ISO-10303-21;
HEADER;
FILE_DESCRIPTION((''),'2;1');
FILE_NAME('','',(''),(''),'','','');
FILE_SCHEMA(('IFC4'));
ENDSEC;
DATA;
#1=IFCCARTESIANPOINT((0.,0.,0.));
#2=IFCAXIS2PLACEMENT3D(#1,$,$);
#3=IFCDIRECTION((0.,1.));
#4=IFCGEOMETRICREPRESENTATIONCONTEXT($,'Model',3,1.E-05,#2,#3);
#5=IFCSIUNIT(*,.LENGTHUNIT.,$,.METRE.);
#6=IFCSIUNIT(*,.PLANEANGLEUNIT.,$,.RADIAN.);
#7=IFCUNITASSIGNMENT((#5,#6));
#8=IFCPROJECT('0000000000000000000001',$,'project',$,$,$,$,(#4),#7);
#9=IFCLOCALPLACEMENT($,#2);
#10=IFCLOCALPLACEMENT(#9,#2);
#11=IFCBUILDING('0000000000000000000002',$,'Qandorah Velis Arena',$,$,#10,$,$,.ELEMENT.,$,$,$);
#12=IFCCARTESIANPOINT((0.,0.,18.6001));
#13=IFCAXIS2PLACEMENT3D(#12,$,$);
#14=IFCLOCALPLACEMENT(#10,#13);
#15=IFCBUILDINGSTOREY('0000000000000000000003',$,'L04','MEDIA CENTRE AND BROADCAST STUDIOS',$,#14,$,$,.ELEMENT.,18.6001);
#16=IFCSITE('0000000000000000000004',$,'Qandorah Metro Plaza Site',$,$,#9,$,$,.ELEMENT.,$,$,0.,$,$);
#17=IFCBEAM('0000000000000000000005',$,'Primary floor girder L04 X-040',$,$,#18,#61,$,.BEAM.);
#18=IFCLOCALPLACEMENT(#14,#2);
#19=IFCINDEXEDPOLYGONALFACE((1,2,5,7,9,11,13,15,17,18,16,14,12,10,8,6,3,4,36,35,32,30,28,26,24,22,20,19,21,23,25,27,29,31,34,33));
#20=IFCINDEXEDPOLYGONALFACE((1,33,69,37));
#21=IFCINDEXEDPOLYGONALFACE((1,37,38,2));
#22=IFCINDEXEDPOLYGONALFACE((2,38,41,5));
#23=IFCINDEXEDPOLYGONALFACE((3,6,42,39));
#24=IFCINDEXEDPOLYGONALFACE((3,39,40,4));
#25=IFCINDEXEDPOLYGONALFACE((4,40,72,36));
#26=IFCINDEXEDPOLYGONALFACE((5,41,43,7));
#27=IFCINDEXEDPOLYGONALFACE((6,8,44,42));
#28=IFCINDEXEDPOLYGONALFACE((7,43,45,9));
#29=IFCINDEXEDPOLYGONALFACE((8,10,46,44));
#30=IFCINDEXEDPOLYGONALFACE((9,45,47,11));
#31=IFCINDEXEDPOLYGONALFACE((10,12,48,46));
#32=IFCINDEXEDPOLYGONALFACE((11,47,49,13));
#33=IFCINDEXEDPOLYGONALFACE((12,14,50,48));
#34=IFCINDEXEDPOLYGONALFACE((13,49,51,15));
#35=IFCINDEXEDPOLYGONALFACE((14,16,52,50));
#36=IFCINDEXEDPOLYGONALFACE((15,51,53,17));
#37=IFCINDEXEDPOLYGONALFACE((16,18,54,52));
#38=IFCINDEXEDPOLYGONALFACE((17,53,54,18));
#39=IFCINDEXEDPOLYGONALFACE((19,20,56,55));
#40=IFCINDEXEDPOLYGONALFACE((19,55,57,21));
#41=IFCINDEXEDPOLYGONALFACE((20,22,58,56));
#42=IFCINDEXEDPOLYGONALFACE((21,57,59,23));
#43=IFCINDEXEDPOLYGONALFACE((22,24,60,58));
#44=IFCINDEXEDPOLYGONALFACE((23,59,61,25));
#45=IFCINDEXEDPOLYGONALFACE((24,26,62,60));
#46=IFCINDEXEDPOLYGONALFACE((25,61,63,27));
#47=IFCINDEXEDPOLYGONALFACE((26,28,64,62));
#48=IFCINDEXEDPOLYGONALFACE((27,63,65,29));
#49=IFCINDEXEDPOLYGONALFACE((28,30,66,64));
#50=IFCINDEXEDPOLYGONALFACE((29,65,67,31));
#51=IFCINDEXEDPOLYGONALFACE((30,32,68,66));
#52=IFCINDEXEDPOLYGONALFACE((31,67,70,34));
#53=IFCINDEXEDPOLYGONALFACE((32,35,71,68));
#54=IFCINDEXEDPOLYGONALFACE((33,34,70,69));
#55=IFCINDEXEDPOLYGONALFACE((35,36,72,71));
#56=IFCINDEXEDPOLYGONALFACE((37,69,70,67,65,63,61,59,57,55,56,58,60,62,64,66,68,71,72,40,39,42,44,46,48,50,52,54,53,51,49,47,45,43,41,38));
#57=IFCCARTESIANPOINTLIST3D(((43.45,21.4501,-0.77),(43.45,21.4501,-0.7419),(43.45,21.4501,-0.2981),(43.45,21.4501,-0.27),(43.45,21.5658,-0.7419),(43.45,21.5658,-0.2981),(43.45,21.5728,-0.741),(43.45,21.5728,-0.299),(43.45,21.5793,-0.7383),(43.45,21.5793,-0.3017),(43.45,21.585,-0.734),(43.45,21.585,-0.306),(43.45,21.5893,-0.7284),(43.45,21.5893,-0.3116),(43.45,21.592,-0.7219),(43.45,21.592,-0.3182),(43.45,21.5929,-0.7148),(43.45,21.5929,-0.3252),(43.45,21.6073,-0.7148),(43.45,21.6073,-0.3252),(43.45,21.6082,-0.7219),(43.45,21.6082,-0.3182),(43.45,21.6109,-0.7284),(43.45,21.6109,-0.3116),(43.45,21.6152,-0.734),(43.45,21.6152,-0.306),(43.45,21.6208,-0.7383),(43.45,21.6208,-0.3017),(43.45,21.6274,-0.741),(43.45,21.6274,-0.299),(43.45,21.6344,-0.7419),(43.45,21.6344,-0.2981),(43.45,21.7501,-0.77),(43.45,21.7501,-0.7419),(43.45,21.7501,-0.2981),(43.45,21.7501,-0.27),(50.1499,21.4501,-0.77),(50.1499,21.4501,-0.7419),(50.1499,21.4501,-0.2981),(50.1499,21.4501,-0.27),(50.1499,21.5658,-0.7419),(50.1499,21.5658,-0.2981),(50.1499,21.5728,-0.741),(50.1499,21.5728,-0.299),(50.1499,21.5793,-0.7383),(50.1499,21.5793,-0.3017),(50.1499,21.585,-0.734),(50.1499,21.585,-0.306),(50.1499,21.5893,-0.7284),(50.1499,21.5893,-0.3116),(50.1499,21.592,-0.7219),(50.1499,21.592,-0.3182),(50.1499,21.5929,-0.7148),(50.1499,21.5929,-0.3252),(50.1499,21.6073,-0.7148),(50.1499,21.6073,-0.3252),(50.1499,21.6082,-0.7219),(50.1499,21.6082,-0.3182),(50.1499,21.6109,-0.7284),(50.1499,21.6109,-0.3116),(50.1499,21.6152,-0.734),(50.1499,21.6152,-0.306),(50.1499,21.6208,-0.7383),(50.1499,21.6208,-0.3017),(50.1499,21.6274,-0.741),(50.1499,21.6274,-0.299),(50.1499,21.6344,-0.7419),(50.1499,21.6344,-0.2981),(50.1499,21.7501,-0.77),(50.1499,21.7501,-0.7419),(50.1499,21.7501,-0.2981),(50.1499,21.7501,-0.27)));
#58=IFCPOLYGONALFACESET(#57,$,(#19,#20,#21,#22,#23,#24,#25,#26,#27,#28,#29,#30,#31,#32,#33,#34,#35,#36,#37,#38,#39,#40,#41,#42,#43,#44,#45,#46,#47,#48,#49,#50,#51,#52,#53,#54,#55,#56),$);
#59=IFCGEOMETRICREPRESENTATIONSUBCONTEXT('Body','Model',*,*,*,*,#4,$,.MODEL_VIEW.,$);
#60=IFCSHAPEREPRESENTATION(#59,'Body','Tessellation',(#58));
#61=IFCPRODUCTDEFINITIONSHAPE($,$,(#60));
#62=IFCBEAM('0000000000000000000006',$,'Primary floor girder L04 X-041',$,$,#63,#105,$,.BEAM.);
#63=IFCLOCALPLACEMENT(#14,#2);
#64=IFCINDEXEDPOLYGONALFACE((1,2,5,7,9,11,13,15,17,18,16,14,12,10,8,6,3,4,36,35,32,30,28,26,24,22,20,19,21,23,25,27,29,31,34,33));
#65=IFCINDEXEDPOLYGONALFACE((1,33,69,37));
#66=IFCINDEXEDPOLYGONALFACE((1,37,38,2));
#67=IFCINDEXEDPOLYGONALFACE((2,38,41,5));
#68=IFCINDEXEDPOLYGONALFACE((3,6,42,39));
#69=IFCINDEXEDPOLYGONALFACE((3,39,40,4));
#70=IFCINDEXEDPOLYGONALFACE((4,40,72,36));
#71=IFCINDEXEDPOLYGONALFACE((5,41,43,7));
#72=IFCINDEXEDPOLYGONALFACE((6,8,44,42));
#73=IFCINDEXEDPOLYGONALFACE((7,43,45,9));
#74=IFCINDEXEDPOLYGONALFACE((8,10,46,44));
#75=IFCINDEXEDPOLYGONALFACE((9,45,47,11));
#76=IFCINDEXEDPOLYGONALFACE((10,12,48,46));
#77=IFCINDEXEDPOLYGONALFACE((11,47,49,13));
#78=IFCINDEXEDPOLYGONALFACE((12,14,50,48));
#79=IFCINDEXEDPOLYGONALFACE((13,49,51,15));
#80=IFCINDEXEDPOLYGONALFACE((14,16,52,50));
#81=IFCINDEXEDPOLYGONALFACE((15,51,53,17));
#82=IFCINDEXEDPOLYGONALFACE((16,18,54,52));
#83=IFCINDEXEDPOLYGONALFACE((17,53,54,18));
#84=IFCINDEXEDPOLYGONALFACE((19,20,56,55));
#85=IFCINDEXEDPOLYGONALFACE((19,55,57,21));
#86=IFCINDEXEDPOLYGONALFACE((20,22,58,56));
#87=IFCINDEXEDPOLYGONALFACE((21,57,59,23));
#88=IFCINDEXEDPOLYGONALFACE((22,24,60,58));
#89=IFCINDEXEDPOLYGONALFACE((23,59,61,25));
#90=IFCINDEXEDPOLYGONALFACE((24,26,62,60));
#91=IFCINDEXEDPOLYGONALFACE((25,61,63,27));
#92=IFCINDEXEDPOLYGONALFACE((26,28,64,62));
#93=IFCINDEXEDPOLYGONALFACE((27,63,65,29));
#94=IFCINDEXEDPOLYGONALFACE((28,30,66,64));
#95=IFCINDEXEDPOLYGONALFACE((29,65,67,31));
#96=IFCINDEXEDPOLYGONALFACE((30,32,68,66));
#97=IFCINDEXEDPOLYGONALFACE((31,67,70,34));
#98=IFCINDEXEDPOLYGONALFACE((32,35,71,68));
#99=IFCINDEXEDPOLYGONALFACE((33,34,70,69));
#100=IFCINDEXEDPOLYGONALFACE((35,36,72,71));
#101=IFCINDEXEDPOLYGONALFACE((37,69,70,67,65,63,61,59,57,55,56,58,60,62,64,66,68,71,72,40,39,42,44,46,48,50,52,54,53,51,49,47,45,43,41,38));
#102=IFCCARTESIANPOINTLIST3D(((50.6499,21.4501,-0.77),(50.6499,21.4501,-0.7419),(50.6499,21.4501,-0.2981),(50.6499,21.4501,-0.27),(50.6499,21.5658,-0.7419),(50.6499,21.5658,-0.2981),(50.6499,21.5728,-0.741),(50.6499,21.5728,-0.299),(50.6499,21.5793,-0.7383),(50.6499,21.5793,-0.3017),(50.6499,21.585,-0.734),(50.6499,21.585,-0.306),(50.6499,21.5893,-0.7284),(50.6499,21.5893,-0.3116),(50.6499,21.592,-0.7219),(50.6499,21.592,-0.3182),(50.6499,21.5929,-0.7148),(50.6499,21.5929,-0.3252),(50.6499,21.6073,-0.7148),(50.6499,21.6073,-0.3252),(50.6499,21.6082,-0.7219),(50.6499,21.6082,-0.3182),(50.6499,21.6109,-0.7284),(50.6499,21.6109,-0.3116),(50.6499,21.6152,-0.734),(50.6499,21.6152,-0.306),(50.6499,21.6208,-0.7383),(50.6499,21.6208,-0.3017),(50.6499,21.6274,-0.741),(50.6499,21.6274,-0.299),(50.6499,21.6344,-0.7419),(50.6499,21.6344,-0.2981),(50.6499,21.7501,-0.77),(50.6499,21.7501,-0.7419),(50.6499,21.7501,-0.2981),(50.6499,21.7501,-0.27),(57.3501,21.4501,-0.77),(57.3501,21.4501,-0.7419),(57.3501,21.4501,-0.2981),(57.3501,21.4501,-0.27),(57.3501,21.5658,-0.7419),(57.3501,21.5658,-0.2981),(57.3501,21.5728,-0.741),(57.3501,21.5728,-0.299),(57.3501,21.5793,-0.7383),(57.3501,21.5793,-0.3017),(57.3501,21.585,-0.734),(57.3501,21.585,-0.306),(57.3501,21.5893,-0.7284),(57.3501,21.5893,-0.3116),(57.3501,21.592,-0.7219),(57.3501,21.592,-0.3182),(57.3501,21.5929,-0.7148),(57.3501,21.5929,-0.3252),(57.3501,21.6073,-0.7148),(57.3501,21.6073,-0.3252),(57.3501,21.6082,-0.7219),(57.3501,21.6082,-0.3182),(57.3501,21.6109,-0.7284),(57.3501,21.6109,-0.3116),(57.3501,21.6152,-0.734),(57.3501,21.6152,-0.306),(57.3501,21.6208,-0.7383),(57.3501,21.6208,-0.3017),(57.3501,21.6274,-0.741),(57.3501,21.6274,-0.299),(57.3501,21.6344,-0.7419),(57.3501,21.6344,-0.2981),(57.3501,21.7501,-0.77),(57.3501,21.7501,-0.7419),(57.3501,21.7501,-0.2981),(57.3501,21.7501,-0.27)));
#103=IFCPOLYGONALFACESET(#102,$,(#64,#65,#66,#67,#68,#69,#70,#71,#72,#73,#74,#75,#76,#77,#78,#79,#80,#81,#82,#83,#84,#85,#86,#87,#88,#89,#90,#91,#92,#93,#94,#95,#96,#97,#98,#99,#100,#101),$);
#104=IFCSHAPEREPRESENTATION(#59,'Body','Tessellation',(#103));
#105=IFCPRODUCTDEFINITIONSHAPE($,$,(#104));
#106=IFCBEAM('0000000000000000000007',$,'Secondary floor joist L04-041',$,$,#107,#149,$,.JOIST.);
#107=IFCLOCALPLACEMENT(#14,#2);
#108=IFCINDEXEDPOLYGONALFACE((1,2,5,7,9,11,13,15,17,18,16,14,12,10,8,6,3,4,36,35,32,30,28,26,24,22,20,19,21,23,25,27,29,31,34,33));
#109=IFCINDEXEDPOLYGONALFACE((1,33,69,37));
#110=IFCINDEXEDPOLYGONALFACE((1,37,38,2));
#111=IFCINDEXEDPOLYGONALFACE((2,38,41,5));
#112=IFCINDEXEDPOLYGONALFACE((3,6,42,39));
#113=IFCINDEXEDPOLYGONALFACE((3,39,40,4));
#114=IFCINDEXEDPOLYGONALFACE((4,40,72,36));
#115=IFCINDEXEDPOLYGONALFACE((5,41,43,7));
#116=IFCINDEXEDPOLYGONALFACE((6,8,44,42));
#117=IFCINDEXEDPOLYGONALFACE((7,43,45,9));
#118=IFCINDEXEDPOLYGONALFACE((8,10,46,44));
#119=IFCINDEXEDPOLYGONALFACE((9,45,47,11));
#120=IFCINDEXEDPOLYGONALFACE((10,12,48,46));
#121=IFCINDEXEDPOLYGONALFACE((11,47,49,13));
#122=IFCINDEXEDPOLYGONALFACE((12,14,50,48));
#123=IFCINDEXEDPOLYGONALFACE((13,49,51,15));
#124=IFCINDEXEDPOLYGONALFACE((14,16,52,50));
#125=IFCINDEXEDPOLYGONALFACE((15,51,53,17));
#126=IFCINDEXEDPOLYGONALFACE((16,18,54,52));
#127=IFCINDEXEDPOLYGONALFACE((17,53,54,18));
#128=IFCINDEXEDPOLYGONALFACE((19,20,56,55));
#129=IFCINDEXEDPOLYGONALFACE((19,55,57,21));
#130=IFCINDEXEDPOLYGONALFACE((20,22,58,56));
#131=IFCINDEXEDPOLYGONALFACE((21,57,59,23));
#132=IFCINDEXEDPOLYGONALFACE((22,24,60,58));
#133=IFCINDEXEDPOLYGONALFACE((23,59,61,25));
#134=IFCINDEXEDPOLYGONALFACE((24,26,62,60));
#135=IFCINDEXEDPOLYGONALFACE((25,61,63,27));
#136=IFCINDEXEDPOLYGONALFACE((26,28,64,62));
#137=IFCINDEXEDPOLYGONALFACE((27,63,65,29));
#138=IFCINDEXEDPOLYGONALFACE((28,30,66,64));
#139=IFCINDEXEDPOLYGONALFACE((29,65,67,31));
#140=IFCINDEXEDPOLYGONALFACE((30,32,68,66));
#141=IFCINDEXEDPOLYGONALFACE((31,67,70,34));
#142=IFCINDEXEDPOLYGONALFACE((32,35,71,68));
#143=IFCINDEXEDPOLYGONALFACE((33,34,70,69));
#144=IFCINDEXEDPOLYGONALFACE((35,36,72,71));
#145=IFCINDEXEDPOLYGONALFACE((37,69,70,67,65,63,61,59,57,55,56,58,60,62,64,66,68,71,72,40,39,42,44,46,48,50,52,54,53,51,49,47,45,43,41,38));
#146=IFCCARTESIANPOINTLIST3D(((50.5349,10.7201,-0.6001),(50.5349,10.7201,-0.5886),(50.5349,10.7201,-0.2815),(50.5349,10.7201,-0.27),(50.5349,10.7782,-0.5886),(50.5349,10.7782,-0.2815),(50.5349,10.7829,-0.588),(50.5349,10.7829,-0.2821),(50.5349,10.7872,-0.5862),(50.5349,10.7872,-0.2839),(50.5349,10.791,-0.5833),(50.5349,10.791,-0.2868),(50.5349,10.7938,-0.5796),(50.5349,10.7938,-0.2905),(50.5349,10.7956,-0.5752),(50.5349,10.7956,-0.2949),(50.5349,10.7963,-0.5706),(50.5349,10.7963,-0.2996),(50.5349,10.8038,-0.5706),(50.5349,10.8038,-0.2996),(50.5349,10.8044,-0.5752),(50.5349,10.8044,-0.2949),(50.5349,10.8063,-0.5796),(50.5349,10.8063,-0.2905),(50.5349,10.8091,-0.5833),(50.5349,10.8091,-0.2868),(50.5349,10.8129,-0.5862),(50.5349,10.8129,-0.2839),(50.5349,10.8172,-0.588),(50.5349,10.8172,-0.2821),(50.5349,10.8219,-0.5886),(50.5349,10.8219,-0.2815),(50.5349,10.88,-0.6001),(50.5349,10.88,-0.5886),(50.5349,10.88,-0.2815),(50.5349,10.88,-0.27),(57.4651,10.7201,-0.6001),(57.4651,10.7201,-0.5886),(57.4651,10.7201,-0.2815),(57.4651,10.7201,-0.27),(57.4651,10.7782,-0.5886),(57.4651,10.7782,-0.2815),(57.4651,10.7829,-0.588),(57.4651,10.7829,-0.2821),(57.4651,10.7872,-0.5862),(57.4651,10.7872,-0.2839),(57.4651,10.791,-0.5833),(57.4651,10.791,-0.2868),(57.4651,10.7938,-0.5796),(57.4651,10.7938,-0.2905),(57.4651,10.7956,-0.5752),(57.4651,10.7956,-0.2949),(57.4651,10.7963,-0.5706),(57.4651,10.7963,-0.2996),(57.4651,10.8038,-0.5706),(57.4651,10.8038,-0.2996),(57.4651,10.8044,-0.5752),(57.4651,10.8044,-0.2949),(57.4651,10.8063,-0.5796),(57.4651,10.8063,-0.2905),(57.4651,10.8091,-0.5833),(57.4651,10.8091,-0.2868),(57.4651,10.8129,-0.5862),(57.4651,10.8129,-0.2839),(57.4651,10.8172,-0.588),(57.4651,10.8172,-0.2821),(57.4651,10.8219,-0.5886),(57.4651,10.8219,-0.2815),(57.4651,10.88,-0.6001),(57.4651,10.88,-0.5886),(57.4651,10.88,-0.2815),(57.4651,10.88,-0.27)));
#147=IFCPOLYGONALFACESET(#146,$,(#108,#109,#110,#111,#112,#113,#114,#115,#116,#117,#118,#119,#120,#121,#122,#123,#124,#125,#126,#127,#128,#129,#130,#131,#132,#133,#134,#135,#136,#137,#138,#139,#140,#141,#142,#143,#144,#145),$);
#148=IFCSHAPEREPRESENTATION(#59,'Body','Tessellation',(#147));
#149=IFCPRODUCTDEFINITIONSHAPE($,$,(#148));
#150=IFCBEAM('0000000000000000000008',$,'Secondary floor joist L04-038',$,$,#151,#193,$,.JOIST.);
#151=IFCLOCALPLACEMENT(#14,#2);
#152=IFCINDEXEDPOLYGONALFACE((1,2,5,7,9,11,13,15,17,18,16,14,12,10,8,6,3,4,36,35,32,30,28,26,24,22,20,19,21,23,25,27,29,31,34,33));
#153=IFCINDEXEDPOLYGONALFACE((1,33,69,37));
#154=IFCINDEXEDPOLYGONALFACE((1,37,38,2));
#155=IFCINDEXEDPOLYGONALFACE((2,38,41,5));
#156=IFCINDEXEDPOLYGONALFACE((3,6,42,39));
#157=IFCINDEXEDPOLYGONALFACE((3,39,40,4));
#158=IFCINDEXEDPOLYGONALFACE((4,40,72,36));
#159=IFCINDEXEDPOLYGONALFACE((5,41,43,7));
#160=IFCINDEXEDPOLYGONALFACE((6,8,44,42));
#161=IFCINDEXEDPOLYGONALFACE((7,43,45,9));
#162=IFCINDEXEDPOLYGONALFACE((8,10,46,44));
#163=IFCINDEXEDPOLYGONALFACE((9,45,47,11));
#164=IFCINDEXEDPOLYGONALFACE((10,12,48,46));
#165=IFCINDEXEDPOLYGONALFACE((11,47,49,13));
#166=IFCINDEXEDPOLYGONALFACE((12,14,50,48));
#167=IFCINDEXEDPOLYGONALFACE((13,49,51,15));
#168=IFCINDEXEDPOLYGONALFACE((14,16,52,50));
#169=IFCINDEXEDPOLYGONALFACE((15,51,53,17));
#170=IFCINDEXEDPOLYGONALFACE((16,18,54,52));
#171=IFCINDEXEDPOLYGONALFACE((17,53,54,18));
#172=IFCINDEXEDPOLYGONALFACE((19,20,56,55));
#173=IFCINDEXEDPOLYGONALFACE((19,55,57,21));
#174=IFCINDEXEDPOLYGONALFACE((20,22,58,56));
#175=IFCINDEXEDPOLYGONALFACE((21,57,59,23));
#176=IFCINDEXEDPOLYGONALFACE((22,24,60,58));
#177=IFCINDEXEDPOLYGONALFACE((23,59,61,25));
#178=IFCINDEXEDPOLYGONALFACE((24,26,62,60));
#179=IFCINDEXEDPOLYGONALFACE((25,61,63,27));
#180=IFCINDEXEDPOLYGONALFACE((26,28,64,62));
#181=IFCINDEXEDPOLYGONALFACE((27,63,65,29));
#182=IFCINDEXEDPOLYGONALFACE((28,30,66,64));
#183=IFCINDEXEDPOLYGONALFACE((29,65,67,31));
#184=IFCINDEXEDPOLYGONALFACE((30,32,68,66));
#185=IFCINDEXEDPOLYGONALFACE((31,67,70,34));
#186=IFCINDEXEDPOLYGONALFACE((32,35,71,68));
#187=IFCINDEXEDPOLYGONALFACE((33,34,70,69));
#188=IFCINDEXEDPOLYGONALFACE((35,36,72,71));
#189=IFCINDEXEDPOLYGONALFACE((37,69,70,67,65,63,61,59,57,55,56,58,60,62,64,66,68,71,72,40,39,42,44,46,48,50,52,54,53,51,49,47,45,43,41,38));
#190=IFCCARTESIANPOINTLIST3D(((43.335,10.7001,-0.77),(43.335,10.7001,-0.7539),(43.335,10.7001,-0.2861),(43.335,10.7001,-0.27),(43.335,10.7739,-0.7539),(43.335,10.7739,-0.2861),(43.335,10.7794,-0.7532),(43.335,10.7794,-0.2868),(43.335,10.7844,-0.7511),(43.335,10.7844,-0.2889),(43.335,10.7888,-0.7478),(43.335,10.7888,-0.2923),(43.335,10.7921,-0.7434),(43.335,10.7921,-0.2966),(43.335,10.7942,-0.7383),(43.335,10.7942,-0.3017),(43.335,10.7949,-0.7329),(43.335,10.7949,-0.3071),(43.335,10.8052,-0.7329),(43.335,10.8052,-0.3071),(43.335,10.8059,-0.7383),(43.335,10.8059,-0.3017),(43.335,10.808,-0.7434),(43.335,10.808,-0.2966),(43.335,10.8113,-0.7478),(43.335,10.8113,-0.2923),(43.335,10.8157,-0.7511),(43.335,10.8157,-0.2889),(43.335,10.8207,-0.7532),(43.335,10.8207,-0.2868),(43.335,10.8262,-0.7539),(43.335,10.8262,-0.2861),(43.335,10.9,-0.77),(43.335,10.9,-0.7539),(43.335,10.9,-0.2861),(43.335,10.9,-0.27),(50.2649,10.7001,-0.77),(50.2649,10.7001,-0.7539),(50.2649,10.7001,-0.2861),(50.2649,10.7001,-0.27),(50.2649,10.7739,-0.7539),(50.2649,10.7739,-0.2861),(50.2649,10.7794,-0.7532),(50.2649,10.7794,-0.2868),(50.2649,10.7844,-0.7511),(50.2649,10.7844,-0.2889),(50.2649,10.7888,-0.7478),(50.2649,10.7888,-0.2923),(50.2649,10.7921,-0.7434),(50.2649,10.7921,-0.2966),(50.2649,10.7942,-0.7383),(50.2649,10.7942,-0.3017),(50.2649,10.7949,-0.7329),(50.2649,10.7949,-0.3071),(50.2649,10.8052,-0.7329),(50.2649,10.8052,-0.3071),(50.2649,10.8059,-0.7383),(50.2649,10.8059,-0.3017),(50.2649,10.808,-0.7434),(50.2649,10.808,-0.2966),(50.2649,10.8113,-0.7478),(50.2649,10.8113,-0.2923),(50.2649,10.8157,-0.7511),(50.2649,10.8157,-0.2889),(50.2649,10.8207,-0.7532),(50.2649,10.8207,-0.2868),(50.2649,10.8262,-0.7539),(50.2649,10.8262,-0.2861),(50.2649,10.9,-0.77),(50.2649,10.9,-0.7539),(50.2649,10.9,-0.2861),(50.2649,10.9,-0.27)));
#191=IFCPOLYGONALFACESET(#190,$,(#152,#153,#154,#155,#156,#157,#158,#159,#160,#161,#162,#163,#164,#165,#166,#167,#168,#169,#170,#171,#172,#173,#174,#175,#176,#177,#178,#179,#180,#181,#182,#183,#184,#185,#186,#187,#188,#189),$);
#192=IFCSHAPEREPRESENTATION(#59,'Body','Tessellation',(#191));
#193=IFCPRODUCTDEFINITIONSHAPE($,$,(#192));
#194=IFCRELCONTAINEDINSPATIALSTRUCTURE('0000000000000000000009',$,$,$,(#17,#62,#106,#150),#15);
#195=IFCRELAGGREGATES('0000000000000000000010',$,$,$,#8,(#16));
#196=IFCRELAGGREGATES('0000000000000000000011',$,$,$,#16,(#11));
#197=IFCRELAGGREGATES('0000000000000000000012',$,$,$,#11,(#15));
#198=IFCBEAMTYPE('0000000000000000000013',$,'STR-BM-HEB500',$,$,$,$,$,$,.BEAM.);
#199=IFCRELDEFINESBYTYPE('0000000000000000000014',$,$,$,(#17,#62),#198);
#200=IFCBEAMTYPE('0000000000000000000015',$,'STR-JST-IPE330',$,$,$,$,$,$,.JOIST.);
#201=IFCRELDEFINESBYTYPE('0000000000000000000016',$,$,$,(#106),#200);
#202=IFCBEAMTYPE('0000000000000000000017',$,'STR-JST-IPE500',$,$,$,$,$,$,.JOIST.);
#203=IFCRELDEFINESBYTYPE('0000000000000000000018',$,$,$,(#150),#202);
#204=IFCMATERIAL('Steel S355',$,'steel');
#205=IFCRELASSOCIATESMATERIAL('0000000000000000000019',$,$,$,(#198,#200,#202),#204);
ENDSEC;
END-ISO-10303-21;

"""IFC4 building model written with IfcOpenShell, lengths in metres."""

from ifc_helpers import new_model, si_unit, direction, frame, origin, origin_2d, place, context, subcontext, project, spatial, i_section, extrude, material, material_profile, profile_set, type_object, element, save


model = new_model("IFC4")

# Units and contexts
model_context = context("Model", 3, precision=1e-05, world=origin(), true_north=direction((0.0, 1.0)))
body_context = subcontext(model_context, "Body", "Model", "MODEL_VIEW")
ifc_project = project(units=[si_unit("LENGTHUNIT", "METRE"), si_unit("PLANEANGLEUNIT", "RADIAN")], contexts=[model_context])

# Site, building, storey
site_placement = place(None, origin())
site = spatial("IfcSite", under=ifc_project, at=site_placement, Name="Qandorah Metro Plaza Site", CompositionType="ELEMENT", RefElevation=0.0)
building_placement = place(site_placement, origin())
building = spatial("IfcBuilding", under=site, at=building_placement, Name="Qandorah Velis Arena", CompositionType="ELEMENT")
storey_placement = place(building_placement, frame((0.0, 0.0, 18.6001)))
storey = spatial("IfcBuildingStorey", under=building, at=storey_placement, Name="L04", Description="MEDIA CENTRE AND BROADCAST STUDIOS", CompositionType="ELEMENT", Elevation=18.6001)

# Shared definitions
ifc_material_1 = material(Name="Steel S355", Category="steel")

# Beams
ifc_material_profile_1 = material_profile(ifc_material_1, i_section(OverallWidth=0.3, OverallDepth=0.5, WebThickness=0.0144, FlangeThickness=0.0281, FilletRadius=0.0271, at=origin_2d()), Name="HEB 500")
ifc_profile_set_1 = profile_set([ifc_material_profile_1], Name="Steel S355")
beam_type_1 = type_object("IfcBeamType", Name="STR-BM-HEB500", PredefinedType="BEAM", material=ifc_profile_set_1)
beam_1_placement = place(storey_placement, frame((43.45, 21.6001, -0.52), z_axis=(1.0, 0.0, 0.0), x_axis=(0.0, 1.0, 0.0)))
element("IfcBeam", 1, at=beam_1_placement, inside=storey, type_object=beam_type_1, Name="Primary floor girder L04 X-040", PredefinedType="BEAM", context=body_context, shape_type="SweptSolid", body=[
    extrude(i_section(OverallWidth=0.3, OverallDepth=0.5, WebThickness=0.0144, FlangeThickness=0.0281, FilletRadius=0.0271, at=origin_2d()), origin(), (0.0, 0.0, 1.0), 6.7),
])
beam_2_placement = place(storey_placement, frame((50.6499, 21.6001, -0.52), z_axis=(1.0, 0.0, 0.0), x_axis=(0.0, 1.0, 0.0)))
element("IfcBeam", 2, at=beam_2_placement, inside=storey, type_object=beam_type_1, Name="Primary floor girder L04 X-041", PredefinedType="BEAM", context=body_context, shape_type="SweptSolid", body=[
    extrude(i_section(OverallWidth=0.3, OverallDepth=0.5, WebThickness=0.0144, FlangeThickness=0.0281, FilletRadius=0.0271, at=origin_2d()), origin(), (0.0, 0.0, 1.0), 6.7002),
])
ifc_material_profile_2 = material_profile(ifc_material_1, i_section(OverallWidth=0.1599, OverallDepth=0.3301, WebThickness=0.0076, FlangeThickness=0.0115, FilletRadius=0.0181, at=origin_2d()), Name="IPE 330")
ifc_profile_set_2 = profile_set([ifc_material_profile_2], Name="Steel S355")
beam_type_2 = type_object("IfcBeamType", Name="STR-JST-IPE330", PredefinedType="JOIST", material=ifc_profile_set_2)
beam_3_placement = place(storey_placement, frame((50.5349, 10.8, -0.4351), z_axis=(1.0, 0.0, 0.0), x_axis=(0.0, 1.0, 0.0)))
element("IfcBeam", 3, at=beam_3_placement, inside=storey, type_object=beam_type_2, Name="Secondary floor joist L04-041", PredefinedType="JOIST", context=body_context, shape_type="SweptSolid", body=[
    extrude(i_section(OverallWidth=0.1599, OverallDepth=0.3301, WebThickness=0.0076, FlangeThickness=0.0115, FilletRadius=0.0181, at=origin_2d()), origin(), (0.0, 0.0, 1.0), 6.9302),
])
ifc_material_profile_3 = material_profile(ifc_material_1, i_section(OverallWidth=0.2, OverallDepth=0.5, WebThickness=0.0103, FlangeThickness=0.0161, FilletRadius=0.021, at=origin_2d()), Name="IPE 500")
ifc_profile_set_3 = profile_set([ifc_material_profile_3], Name="Steel S355")
beam_type_3 = type_object("IfcBeamType", Name="STR-JST-IPE500", PredefinedType="JOIST", material=ifc_profile_set_3)
beam_4_placement = place(storey_placement, frame((43.335, 10.8, -0.52), z_axis=(1.0, 0.0, 0.0), x_axis=(0.0, 1.0, 0.0)))
element("IfcBeam", 4, at=beam_4_placement, inside=storey, type_object=beam_type_3, Name="Secondary floor joist L04-038", PredefinedType="JOIST", context=body_context, shape_type="SweptSolid", body=[
    extrude(i_section(OverallWidth=0.2, OverallDepth=0.5, WebThickness=0.0103, FlangeThickness=0.0161, FilletRadius=0.021, at=origin_2d()), origin(), (0.0, 0.0, 1.0), 6.9299),
])

save(model, "model.ifc")
